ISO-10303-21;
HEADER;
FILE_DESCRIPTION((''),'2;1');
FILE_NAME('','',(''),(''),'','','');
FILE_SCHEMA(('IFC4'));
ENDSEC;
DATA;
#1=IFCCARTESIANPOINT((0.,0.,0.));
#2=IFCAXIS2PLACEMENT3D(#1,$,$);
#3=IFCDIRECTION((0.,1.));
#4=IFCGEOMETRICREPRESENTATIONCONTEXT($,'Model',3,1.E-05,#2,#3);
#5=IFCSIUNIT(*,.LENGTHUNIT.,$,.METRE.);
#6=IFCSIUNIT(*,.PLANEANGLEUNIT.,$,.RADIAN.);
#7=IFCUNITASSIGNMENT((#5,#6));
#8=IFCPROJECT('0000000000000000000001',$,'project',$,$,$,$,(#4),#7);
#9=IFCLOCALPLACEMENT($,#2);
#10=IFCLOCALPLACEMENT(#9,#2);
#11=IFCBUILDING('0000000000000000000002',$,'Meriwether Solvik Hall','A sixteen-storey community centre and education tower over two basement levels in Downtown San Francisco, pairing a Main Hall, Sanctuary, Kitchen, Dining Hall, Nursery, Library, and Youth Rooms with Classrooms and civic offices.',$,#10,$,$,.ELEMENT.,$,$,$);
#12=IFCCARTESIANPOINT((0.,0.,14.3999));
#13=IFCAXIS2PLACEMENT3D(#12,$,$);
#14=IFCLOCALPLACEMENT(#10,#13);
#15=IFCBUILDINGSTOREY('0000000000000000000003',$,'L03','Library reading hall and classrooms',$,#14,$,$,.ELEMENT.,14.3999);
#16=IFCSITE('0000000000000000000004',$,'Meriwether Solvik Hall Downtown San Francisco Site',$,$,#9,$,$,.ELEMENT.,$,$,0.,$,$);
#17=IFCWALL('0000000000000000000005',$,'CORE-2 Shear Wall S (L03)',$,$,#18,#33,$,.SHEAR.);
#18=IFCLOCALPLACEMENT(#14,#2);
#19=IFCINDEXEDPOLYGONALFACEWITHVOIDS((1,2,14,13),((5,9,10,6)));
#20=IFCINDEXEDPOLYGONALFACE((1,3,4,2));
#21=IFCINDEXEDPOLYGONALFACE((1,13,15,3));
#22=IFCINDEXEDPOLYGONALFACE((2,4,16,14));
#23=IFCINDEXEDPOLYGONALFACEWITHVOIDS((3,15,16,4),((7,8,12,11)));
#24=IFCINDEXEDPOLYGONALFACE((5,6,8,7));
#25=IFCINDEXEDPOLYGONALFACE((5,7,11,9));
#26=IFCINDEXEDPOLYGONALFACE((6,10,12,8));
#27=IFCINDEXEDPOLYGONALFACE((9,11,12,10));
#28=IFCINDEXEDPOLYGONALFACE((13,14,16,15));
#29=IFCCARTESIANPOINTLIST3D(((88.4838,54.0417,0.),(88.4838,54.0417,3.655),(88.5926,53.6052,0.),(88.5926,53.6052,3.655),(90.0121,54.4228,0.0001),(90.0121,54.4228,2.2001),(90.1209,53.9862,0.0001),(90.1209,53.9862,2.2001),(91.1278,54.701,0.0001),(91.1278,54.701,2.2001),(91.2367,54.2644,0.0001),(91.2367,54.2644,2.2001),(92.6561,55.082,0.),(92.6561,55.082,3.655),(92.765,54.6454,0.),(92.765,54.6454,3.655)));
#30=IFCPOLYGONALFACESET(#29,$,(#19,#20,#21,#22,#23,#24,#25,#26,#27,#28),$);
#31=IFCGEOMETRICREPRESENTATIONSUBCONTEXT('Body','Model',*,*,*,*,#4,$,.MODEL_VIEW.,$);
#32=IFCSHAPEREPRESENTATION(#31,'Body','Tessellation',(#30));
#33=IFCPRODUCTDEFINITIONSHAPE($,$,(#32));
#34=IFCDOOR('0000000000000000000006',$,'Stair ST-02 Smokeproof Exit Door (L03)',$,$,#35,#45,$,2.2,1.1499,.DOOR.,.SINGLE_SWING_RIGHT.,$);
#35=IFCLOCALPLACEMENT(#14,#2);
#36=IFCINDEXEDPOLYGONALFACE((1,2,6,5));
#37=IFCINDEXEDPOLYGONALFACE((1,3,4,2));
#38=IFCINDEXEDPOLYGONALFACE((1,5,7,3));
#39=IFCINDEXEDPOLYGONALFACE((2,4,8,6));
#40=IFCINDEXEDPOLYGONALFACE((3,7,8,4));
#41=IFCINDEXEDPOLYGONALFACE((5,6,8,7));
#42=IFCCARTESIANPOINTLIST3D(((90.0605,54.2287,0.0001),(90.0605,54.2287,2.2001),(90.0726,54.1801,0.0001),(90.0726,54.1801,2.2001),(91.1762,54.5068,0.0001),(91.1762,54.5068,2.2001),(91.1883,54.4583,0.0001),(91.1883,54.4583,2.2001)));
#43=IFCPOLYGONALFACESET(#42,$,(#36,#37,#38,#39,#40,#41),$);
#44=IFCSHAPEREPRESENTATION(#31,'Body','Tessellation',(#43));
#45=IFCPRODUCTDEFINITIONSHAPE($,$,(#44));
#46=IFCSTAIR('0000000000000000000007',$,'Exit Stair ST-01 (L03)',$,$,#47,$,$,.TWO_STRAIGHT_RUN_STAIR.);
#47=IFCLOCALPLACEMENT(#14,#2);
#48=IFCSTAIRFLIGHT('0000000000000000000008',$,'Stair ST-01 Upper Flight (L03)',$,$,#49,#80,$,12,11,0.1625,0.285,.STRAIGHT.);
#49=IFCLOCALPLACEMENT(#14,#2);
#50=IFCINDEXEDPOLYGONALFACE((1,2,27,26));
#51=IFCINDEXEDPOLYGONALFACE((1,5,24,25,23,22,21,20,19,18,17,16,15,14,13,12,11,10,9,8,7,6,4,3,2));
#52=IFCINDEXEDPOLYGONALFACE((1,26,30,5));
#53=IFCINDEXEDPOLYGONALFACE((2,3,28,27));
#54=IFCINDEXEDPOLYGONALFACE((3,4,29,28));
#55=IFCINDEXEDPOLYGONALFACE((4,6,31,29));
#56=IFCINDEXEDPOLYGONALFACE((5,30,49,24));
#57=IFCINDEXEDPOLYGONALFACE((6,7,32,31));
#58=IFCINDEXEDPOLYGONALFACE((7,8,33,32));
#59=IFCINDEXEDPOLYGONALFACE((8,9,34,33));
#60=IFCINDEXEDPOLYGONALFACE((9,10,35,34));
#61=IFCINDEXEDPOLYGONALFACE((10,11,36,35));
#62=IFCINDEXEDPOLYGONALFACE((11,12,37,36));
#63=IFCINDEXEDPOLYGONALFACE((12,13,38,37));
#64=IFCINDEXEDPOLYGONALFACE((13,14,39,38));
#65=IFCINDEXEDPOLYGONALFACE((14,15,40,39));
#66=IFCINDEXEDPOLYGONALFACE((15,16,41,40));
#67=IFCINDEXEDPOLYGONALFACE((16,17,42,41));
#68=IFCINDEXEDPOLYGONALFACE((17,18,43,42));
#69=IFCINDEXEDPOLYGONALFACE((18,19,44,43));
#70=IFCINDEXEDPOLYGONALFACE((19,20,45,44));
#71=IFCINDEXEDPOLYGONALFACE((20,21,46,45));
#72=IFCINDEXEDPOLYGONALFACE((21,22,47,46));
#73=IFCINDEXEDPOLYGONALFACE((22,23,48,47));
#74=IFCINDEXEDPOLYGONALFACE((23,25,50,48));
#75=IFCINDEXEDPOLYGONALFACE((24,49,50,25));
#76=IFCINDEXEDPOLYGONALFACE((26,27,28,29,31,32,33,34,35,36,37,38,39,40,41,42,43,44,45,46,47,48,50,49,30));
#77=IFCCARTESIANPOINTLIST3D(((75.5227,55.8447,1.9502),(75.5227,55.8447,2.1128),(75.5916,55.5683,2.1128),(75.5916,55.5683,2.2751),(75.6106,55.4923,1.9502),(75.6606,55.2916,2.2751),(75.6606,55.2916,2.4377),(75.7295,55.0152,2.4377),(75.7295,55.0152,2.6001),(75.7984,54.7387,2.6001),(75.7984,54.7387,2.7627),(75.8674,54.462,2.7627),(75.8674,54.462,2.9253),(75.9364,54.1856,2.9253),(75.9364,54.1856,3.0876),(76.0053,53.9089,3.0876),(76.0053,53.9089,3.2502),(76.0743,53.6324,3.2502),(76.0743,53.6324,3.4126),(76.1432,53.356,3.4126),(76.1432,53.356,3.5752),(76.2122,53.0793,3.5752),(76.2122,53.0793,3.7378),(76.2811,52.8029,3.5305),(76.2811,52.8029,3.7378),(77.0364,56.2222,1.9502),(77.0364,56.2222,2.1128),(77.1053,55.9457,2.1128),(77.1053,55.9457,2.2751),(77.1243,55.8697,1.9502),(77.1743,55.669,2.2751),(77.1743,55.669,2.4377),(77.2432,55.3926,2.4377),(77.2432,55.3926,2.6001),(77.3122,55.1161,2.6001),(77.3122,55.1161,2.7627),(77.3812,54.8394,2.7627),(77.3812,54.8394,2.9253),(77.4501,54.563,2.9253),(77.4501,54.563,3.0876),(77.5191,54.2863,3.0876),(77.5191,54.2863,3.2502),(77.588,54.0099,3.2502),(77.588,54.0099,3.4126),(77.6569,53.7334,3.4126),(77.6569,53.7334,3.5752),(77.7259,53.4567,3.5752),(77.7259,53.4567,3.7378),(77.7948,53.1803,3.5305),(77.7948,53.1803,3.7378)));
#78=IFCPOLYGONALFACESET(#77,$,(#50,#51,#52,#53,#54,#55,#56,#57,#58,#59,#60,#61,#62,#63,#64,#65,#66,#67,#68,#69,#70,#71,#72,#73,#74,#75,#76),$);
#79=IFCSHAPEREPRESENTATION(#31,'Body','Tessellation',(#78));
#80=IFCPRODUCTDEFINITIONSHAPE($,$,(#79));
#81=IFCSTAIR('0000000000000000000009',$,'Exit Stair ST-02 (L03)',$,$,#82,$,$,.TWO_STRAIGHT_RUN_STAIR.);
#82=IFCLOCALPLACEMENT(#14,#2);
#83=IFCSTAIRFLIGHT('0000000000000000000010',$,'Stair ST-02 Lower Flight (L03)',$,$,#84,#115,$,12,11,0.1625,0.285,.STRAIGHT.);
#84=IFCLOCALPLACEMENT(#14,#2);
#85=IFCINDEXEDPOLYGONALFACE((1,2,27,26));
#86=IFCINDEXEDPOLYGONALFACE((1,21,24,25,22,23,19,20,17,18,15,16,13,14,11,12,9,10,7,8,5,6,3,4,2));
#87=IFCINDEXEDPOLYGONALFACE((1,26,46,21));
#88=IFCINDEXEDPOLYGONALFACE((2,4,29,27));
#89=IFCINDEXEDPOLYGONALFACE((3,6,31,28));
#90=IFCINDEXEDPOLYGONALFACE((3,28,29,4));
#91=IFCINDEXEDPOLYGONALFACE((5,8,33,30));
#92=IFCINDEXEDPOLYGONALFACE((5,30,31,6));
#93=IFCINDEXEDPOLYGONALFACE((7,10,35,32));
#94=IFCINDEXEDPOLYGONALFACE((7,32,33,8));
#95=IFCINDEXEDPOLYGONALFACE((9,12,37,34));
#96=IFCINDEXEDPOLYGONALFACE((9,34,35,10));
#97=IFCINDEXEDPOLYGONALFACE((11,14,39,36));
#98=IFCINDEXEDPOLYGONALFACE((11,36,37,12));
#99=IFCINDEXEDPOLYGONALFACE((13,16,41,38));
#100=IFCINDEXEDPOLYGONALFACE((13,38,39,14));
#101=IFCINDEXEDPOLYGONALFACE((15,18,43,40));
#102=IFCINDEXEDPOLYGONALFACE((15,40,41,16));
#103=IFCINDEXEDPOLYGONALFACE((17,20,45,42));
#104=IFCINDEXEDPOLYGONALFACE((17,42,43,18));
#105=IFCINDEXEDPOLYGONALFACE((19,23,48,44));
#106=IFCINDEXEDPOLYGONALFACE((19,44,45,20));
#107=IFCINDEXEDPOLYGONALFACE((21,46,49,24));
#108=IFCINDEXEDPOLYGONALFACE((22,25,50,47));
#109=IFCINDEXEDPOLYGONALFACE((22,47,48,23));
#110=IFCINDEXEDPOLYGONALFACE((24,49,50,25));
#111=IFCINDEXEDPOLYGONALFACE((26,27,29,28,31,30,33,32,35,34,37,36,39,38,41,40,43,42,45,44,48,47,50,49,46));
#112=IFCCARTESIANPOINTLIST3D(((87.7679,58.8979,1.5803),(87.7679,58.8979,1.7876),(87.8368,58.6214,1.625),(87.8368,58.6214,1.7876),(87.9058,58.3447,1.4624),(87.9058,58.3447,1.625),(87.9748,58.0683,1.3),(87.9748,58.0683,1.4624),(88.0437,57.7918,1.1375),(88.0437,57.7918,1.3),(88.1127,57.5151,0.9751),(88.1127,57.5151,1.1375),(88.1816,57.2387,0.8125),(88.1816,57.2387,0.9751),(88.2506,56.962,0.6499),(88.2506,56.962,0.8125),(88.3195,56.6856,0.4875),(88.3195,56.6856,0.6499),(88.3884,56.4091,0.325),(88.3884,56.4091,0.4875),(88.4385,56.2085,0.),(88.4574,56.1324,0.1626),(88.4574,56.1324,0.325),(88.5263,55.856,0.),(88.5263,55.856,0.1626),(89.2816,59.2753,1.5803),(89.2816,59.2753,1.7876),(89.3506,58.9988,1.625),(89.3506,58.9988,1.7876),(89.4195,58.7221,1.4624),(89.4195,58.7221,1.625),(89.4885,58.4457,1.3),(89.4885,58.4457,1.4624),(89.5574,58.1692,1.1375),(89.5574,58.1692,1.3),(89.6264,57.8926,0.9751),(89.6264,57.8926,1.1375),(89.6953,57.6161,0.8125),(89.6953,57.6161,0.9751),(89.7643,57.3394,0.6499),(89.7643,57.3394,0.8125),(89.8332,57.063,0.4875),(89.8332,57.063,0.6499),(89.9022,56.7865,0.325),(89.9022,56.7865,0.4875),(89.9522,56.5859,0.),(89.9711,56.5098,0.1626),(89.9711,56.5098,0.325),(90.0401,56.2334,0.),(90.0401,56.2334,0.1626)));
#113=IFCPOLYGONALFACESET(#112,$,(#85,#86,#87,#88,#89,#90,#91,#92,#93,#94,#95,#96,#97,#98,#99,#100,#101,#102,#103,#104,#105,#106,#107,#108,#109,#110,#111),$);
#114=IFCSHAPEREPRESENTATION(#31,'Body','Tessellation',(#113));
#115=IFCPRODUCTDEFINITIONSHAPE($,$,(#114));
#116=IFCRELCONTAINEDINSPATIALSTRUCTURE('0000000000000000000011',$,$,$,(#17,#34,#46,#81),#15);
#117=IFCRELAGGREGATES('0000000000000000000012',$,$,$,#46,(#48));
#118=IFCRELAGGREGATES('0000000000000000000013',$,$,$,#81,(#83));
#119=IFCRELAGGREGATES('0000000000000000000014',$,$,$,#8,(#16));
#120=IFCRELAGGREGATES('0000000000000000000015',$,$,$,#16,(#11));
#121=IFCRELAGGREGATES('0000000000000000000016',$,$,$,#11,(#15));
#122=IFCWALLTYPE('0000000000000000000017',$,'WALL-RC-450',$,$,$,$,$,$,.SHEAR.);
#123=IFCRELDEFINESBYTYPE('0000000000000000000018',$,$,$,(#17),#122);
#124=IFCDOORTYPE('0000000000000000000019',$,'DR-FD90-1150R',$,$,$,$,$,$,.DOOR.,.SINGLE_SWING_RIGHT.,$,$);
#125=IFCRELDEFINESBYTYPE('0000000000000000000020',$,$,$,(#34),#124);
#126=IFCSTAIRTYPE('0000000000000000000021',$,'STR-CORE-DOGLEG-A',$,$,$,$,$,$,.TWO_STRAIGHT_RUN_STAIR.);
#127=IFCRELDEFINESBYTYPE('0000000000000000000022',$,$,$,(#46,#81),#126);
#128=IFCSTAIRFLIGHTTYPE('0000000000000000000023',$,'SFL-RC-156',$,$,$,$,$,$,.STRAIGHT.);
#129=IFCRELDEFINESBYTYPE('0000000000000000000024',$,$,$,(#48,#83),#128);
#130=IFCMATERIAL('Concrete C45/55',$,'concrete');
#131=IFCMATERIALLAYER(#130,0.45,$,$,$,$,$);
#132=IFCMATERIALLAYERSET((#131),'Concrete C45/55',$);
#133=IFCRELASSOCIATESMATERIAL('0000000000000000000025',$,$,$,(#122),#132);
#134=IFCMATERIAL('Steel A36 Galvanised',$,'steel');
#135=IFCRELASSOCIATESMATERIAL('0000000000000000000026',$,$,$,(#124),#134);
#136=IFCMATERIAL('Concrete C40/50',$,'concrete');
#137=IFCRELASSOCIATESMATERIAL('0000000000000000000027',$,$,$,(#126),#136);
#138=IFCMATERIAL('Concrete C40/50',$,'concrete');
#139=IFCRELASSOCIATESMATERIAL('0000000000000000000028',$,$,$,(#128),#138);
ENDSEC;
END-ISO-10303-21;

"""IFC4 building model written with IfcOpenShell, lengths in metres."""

from ifc_helpers import new_model, si_unit, direction, frame, frame_2d, origin, place, context, subcontext, project, spatial, polyline, rectangle, outline, extrude, material, layer, layer_set, type_object, element, fill, aggregate, save


model = new_model("IFC4")

# Units and contexts
model_context = context("Model", 3, precision=1e-05, world=origin(), true_north=direction((0.0, 1.0)))
body_context = subcontext(model_context, "Body", "Model", "MODEL_VIEW")
ifc_project = project(units=[si_unit("LENGTHUNIT", "METRE"), si_unit("PLANEANGLEUNIT", "RADIAN")], contexts=[model_context])

# Site, building, storey
site_placement = place(None, origin())
site = spatial("IfcSite", under=ifc_project, at=site_placement, Name="Meriwether Solvik Hall Downtown San Francisco Site", CompositionType="ELEMENT", RefElevation=0.0)
building_placement = place(site_placement, origin())
building = spatial("IfcBuilding", under=site, at=building_placement, Name="Meriwether Solvik Hall", Description="A sixteen-storey community centre and education tower over two basement levels in Downtown San Francisco, pairing a Main Hall, Sanctuary, Kitchen, Dining Hall, Nursery, Library, and Youth Rooms with Classrooms and civic offices.", CompositionType="ELEMENT")
storey_placement = place(building_placement, frame((0.0, 0.0, 14.3999)))
storey = spatial("IfcBuildingStorey", under=building, at=storey_placement, Name="L03", Description="Library reading hall and classrooms", CompositionType="ELEMENT", Elevation=14.3999)

# Shared definitions
ifc_material_1 = material(Name="Concrete C45/55", Category="concrete")
ifc_layer_1 = layer(ifc_material_1, 0.45)
ifc_layer_set_1 = layer_set([ifc_layer_1], Name="Concrete C45/55")
wall_type_1 = type_object("IfcWallType", Name="WALL-RC-450", PredefinedType="SHEAR", material=ifc_layer_set_1)

# Wall, opening, door
wall_1_placement = place(storey_placement, frame((88.5383, 53.8235, 0.0), z_axis=(0.0, 0.0, 1.0), x_axis=(0.970296, 0.241921, 0.0)))
wall_1 = element("IfcWall", 1, at=wall_1_placement, inside=storey, type_object=wall_type_1, Name="CORE-2 Shear Wall S (L03)", PredefinedType="SHEAR", context=body_context, shape_type="SweptSolid", body=[
    extrude(rectangle(XDim=4.3, YDim=0.45, at=frame_2d((2.1499, 0.0))), origin(), (0.0, 0.0, 1.0), 3.655),
])
opening_placement = place(wall_1_placement, frame((1.575, 0.0, 0.0)))
opening = element("IfcOpeningElement", 2, at=opening_placement, cuts=wall_1, PredefinedType="OPENING", context=body_context, shape_type="SweptSolid", body=[
    extrude(rectangle(XDim=1.1499, YDim=2.2, at=frame_2d((0.575, 1.1001))), frame((0.0, 0.2368, 0.0), z_axis=(0.0, -1.0, 0.0), x_axis=(1.0, 0.0, 0.0)), (0.0, 0.0, 1.0), 0.4739),
])
ifc_material_2 = material(Name="Steel A36 Galvanised", Category="steel")
door_type = type_object("IfcDoorType", Name="DR-FD90-1150R", OperationType="SINGLE_SWING_RIGHT", PredefinedType="DOOR", material=ifc_material_2)
door_placement = place(opening_placement, origin())
door = element("IfcDoor", 3, at=door_placement, inside=storey, type_object=door_type, Name="Stair ST-02 Smokeproof Exit Door (L03)", OperationType="SINGLE_SWING_RIGHT", OverallHeight=2.2, OverallWidth=1.1499, PredefinedType="DOOR", context=body_context, shape_type="SweptSolid", body=[
    extrude(rectangle(XDim=1.1499, YDim=2.2, at=frame_2d((0.575, 1.1001))), frame((0.0, 0.0249, 0.0), z_axis=(0.0, -1.0, 0.0), x_axis=(1.0, 0.0, 0.0)), (0.0, 0.0, 1.0), 0.05),
])
fill(opening, door)

# Stairs, stair flights
ifc_material_3 = material(Name="Concrete C40/50", Category="concrete")
stair_type = type_object("IfcStairType", Name="STR-CORE-DOGLEG-A", PredefinedType="TWO_STRAIGHT_RUN_STAIR", material=ifc_material_3)
stair_1_placement = place(storey_placement, origin())
stair_1 = element("IfcStair", 4, at=stair_1_placement, inside=storey, type_object=stair_type, Name="Exit Stair ST-01 (L03)", PredefinedType="TWO_STRAIGHT_RUN_STAIR")
ifc_material_4 = material(Name="Concrete C40/50", Category="concrete")
stair_flight_type = type_object("IfcStairFlightType", Name="SFL-RC-156", PredefinedType="STRAIGHT", material=ifc_material_4)
stair_flight_1_placement = place(storey_placement, frame((76.2795, 56.0334, 1.9502), z_axis=(0.0, 0.0, 1.0), x_axis=(0.241922, -0.970296, 0.0)))
stair_flight_1 = element("IfcStairFlight", 5, at=stair_flight_1_placement, type_object=stair_flight_type, Name="Stair ST-01 Upper Flight (L03)", NumberOfRisers=12, NumberOfTreads=11, PredefinedType="STRAIGHT", RiserHeight=0.1625, TreadLength=0.285, context=body_context, shape_type="SweptSolid", body=[
    extrude(outline(polyline([(0.0, 0.0), (0.0, 0.1626), (0.2849, 0.1626), (0.2849, 0.325), (0.5701, 0.325), (0.5701, 0.4875), (0.855, 0.4875), (0.855, 0.6499), (1.1399, 0.6499), (1.1399, 0.8125), (1.425, 0.8125), (1.425, 0.9751), (1.71, 0.9751), (1.71, 1.1375), (1.9951, 1.1375), (1.9951, 1.3), (2.28, 1.3), (2.28, 1.4624), (2.5649, 1.4624), (2.5649, 1.625), (2.8501, 1.625), (2.8501, 1.7876), (3.135, 1.7876), (3.135, 1.95), (3.135, 1.5803), (0.3633, 0.0), (0.0, 0.0)])), frame((0.0, 0.78, 0.0), z_axis=(0.0, -1.0, 0.0), x_axis=(1.0, 0.0, 0.0)), (0.0, 0.0, 1.0), 1.5601),
])
aggregate(stair_1, [stair_flight_1])
stair_2_placement = place(storey_placement, origin())
stair_2 = element("IfcStair", 6, at=stair_2_placement, inside=storey, type_object=stair_type, Name="Exit Stair ST-02 (L03)", PredefinedType="TWO_STRAIGHT_RUN_STAIR")
stair_flight_2_placement = place(storey_placement, frame((89.2832, 56.0447, 0.0), z_axis=(0.0, 0.0, 1.0), x_axis=(-0.241922, 0.970296, 0.0)))
stair_flight_2 = element("IfcStairFlight", 7, at=stair_flight_2_placement, type_object=stair_flight_type, Name="Stair ST-02 Lower Flight (L03)", NumberOfRisers=12, NumberOfTreads=11, PredefinedType="STRAIGHT", RiserHeight=0.1625, TreadLength=0.285, context=body_context, shape_type="SweptSolid", body=[
    extrude(outline(polyline([(0.0, 0.0), (0.0, 0.1626), (0.2849, 0.1626), (0.2849, 0.325), (0.5701, 0.325), (0.5701, 0.4875), (0.855, 0.4875), (0.855, 0.6499), (1.1399, 0.6499), (1.1399, 0.8125), (1.425, 0.8125), (1.425, 0.9751), (1.71, 0.9751), (1.71, 1.1375), (1.9951, 1.1375), (1.9951, 1.3), (2.28, 1.3), (2.28, 1.4624), (2.5649, 1.4624), (2.5649, 1.625), (2.8501, 1.625), (2.8501, 1.7876), (3.135, 1.7876), (3.135, 1.95), (3.135, 1.5803), (0.3633, 0.0), (0.0, 0.0)])), frame((0.0, 0.78, 0.0), z_axis=(0.0, -1.0, 0.0), x_axis=(1.0, 0.0, 0.0)), (0.0, 0.0, 1.0), 1.5601),
])
aggregate(stair_2, [stair_flight_2])

save(model, "model.ifc")
